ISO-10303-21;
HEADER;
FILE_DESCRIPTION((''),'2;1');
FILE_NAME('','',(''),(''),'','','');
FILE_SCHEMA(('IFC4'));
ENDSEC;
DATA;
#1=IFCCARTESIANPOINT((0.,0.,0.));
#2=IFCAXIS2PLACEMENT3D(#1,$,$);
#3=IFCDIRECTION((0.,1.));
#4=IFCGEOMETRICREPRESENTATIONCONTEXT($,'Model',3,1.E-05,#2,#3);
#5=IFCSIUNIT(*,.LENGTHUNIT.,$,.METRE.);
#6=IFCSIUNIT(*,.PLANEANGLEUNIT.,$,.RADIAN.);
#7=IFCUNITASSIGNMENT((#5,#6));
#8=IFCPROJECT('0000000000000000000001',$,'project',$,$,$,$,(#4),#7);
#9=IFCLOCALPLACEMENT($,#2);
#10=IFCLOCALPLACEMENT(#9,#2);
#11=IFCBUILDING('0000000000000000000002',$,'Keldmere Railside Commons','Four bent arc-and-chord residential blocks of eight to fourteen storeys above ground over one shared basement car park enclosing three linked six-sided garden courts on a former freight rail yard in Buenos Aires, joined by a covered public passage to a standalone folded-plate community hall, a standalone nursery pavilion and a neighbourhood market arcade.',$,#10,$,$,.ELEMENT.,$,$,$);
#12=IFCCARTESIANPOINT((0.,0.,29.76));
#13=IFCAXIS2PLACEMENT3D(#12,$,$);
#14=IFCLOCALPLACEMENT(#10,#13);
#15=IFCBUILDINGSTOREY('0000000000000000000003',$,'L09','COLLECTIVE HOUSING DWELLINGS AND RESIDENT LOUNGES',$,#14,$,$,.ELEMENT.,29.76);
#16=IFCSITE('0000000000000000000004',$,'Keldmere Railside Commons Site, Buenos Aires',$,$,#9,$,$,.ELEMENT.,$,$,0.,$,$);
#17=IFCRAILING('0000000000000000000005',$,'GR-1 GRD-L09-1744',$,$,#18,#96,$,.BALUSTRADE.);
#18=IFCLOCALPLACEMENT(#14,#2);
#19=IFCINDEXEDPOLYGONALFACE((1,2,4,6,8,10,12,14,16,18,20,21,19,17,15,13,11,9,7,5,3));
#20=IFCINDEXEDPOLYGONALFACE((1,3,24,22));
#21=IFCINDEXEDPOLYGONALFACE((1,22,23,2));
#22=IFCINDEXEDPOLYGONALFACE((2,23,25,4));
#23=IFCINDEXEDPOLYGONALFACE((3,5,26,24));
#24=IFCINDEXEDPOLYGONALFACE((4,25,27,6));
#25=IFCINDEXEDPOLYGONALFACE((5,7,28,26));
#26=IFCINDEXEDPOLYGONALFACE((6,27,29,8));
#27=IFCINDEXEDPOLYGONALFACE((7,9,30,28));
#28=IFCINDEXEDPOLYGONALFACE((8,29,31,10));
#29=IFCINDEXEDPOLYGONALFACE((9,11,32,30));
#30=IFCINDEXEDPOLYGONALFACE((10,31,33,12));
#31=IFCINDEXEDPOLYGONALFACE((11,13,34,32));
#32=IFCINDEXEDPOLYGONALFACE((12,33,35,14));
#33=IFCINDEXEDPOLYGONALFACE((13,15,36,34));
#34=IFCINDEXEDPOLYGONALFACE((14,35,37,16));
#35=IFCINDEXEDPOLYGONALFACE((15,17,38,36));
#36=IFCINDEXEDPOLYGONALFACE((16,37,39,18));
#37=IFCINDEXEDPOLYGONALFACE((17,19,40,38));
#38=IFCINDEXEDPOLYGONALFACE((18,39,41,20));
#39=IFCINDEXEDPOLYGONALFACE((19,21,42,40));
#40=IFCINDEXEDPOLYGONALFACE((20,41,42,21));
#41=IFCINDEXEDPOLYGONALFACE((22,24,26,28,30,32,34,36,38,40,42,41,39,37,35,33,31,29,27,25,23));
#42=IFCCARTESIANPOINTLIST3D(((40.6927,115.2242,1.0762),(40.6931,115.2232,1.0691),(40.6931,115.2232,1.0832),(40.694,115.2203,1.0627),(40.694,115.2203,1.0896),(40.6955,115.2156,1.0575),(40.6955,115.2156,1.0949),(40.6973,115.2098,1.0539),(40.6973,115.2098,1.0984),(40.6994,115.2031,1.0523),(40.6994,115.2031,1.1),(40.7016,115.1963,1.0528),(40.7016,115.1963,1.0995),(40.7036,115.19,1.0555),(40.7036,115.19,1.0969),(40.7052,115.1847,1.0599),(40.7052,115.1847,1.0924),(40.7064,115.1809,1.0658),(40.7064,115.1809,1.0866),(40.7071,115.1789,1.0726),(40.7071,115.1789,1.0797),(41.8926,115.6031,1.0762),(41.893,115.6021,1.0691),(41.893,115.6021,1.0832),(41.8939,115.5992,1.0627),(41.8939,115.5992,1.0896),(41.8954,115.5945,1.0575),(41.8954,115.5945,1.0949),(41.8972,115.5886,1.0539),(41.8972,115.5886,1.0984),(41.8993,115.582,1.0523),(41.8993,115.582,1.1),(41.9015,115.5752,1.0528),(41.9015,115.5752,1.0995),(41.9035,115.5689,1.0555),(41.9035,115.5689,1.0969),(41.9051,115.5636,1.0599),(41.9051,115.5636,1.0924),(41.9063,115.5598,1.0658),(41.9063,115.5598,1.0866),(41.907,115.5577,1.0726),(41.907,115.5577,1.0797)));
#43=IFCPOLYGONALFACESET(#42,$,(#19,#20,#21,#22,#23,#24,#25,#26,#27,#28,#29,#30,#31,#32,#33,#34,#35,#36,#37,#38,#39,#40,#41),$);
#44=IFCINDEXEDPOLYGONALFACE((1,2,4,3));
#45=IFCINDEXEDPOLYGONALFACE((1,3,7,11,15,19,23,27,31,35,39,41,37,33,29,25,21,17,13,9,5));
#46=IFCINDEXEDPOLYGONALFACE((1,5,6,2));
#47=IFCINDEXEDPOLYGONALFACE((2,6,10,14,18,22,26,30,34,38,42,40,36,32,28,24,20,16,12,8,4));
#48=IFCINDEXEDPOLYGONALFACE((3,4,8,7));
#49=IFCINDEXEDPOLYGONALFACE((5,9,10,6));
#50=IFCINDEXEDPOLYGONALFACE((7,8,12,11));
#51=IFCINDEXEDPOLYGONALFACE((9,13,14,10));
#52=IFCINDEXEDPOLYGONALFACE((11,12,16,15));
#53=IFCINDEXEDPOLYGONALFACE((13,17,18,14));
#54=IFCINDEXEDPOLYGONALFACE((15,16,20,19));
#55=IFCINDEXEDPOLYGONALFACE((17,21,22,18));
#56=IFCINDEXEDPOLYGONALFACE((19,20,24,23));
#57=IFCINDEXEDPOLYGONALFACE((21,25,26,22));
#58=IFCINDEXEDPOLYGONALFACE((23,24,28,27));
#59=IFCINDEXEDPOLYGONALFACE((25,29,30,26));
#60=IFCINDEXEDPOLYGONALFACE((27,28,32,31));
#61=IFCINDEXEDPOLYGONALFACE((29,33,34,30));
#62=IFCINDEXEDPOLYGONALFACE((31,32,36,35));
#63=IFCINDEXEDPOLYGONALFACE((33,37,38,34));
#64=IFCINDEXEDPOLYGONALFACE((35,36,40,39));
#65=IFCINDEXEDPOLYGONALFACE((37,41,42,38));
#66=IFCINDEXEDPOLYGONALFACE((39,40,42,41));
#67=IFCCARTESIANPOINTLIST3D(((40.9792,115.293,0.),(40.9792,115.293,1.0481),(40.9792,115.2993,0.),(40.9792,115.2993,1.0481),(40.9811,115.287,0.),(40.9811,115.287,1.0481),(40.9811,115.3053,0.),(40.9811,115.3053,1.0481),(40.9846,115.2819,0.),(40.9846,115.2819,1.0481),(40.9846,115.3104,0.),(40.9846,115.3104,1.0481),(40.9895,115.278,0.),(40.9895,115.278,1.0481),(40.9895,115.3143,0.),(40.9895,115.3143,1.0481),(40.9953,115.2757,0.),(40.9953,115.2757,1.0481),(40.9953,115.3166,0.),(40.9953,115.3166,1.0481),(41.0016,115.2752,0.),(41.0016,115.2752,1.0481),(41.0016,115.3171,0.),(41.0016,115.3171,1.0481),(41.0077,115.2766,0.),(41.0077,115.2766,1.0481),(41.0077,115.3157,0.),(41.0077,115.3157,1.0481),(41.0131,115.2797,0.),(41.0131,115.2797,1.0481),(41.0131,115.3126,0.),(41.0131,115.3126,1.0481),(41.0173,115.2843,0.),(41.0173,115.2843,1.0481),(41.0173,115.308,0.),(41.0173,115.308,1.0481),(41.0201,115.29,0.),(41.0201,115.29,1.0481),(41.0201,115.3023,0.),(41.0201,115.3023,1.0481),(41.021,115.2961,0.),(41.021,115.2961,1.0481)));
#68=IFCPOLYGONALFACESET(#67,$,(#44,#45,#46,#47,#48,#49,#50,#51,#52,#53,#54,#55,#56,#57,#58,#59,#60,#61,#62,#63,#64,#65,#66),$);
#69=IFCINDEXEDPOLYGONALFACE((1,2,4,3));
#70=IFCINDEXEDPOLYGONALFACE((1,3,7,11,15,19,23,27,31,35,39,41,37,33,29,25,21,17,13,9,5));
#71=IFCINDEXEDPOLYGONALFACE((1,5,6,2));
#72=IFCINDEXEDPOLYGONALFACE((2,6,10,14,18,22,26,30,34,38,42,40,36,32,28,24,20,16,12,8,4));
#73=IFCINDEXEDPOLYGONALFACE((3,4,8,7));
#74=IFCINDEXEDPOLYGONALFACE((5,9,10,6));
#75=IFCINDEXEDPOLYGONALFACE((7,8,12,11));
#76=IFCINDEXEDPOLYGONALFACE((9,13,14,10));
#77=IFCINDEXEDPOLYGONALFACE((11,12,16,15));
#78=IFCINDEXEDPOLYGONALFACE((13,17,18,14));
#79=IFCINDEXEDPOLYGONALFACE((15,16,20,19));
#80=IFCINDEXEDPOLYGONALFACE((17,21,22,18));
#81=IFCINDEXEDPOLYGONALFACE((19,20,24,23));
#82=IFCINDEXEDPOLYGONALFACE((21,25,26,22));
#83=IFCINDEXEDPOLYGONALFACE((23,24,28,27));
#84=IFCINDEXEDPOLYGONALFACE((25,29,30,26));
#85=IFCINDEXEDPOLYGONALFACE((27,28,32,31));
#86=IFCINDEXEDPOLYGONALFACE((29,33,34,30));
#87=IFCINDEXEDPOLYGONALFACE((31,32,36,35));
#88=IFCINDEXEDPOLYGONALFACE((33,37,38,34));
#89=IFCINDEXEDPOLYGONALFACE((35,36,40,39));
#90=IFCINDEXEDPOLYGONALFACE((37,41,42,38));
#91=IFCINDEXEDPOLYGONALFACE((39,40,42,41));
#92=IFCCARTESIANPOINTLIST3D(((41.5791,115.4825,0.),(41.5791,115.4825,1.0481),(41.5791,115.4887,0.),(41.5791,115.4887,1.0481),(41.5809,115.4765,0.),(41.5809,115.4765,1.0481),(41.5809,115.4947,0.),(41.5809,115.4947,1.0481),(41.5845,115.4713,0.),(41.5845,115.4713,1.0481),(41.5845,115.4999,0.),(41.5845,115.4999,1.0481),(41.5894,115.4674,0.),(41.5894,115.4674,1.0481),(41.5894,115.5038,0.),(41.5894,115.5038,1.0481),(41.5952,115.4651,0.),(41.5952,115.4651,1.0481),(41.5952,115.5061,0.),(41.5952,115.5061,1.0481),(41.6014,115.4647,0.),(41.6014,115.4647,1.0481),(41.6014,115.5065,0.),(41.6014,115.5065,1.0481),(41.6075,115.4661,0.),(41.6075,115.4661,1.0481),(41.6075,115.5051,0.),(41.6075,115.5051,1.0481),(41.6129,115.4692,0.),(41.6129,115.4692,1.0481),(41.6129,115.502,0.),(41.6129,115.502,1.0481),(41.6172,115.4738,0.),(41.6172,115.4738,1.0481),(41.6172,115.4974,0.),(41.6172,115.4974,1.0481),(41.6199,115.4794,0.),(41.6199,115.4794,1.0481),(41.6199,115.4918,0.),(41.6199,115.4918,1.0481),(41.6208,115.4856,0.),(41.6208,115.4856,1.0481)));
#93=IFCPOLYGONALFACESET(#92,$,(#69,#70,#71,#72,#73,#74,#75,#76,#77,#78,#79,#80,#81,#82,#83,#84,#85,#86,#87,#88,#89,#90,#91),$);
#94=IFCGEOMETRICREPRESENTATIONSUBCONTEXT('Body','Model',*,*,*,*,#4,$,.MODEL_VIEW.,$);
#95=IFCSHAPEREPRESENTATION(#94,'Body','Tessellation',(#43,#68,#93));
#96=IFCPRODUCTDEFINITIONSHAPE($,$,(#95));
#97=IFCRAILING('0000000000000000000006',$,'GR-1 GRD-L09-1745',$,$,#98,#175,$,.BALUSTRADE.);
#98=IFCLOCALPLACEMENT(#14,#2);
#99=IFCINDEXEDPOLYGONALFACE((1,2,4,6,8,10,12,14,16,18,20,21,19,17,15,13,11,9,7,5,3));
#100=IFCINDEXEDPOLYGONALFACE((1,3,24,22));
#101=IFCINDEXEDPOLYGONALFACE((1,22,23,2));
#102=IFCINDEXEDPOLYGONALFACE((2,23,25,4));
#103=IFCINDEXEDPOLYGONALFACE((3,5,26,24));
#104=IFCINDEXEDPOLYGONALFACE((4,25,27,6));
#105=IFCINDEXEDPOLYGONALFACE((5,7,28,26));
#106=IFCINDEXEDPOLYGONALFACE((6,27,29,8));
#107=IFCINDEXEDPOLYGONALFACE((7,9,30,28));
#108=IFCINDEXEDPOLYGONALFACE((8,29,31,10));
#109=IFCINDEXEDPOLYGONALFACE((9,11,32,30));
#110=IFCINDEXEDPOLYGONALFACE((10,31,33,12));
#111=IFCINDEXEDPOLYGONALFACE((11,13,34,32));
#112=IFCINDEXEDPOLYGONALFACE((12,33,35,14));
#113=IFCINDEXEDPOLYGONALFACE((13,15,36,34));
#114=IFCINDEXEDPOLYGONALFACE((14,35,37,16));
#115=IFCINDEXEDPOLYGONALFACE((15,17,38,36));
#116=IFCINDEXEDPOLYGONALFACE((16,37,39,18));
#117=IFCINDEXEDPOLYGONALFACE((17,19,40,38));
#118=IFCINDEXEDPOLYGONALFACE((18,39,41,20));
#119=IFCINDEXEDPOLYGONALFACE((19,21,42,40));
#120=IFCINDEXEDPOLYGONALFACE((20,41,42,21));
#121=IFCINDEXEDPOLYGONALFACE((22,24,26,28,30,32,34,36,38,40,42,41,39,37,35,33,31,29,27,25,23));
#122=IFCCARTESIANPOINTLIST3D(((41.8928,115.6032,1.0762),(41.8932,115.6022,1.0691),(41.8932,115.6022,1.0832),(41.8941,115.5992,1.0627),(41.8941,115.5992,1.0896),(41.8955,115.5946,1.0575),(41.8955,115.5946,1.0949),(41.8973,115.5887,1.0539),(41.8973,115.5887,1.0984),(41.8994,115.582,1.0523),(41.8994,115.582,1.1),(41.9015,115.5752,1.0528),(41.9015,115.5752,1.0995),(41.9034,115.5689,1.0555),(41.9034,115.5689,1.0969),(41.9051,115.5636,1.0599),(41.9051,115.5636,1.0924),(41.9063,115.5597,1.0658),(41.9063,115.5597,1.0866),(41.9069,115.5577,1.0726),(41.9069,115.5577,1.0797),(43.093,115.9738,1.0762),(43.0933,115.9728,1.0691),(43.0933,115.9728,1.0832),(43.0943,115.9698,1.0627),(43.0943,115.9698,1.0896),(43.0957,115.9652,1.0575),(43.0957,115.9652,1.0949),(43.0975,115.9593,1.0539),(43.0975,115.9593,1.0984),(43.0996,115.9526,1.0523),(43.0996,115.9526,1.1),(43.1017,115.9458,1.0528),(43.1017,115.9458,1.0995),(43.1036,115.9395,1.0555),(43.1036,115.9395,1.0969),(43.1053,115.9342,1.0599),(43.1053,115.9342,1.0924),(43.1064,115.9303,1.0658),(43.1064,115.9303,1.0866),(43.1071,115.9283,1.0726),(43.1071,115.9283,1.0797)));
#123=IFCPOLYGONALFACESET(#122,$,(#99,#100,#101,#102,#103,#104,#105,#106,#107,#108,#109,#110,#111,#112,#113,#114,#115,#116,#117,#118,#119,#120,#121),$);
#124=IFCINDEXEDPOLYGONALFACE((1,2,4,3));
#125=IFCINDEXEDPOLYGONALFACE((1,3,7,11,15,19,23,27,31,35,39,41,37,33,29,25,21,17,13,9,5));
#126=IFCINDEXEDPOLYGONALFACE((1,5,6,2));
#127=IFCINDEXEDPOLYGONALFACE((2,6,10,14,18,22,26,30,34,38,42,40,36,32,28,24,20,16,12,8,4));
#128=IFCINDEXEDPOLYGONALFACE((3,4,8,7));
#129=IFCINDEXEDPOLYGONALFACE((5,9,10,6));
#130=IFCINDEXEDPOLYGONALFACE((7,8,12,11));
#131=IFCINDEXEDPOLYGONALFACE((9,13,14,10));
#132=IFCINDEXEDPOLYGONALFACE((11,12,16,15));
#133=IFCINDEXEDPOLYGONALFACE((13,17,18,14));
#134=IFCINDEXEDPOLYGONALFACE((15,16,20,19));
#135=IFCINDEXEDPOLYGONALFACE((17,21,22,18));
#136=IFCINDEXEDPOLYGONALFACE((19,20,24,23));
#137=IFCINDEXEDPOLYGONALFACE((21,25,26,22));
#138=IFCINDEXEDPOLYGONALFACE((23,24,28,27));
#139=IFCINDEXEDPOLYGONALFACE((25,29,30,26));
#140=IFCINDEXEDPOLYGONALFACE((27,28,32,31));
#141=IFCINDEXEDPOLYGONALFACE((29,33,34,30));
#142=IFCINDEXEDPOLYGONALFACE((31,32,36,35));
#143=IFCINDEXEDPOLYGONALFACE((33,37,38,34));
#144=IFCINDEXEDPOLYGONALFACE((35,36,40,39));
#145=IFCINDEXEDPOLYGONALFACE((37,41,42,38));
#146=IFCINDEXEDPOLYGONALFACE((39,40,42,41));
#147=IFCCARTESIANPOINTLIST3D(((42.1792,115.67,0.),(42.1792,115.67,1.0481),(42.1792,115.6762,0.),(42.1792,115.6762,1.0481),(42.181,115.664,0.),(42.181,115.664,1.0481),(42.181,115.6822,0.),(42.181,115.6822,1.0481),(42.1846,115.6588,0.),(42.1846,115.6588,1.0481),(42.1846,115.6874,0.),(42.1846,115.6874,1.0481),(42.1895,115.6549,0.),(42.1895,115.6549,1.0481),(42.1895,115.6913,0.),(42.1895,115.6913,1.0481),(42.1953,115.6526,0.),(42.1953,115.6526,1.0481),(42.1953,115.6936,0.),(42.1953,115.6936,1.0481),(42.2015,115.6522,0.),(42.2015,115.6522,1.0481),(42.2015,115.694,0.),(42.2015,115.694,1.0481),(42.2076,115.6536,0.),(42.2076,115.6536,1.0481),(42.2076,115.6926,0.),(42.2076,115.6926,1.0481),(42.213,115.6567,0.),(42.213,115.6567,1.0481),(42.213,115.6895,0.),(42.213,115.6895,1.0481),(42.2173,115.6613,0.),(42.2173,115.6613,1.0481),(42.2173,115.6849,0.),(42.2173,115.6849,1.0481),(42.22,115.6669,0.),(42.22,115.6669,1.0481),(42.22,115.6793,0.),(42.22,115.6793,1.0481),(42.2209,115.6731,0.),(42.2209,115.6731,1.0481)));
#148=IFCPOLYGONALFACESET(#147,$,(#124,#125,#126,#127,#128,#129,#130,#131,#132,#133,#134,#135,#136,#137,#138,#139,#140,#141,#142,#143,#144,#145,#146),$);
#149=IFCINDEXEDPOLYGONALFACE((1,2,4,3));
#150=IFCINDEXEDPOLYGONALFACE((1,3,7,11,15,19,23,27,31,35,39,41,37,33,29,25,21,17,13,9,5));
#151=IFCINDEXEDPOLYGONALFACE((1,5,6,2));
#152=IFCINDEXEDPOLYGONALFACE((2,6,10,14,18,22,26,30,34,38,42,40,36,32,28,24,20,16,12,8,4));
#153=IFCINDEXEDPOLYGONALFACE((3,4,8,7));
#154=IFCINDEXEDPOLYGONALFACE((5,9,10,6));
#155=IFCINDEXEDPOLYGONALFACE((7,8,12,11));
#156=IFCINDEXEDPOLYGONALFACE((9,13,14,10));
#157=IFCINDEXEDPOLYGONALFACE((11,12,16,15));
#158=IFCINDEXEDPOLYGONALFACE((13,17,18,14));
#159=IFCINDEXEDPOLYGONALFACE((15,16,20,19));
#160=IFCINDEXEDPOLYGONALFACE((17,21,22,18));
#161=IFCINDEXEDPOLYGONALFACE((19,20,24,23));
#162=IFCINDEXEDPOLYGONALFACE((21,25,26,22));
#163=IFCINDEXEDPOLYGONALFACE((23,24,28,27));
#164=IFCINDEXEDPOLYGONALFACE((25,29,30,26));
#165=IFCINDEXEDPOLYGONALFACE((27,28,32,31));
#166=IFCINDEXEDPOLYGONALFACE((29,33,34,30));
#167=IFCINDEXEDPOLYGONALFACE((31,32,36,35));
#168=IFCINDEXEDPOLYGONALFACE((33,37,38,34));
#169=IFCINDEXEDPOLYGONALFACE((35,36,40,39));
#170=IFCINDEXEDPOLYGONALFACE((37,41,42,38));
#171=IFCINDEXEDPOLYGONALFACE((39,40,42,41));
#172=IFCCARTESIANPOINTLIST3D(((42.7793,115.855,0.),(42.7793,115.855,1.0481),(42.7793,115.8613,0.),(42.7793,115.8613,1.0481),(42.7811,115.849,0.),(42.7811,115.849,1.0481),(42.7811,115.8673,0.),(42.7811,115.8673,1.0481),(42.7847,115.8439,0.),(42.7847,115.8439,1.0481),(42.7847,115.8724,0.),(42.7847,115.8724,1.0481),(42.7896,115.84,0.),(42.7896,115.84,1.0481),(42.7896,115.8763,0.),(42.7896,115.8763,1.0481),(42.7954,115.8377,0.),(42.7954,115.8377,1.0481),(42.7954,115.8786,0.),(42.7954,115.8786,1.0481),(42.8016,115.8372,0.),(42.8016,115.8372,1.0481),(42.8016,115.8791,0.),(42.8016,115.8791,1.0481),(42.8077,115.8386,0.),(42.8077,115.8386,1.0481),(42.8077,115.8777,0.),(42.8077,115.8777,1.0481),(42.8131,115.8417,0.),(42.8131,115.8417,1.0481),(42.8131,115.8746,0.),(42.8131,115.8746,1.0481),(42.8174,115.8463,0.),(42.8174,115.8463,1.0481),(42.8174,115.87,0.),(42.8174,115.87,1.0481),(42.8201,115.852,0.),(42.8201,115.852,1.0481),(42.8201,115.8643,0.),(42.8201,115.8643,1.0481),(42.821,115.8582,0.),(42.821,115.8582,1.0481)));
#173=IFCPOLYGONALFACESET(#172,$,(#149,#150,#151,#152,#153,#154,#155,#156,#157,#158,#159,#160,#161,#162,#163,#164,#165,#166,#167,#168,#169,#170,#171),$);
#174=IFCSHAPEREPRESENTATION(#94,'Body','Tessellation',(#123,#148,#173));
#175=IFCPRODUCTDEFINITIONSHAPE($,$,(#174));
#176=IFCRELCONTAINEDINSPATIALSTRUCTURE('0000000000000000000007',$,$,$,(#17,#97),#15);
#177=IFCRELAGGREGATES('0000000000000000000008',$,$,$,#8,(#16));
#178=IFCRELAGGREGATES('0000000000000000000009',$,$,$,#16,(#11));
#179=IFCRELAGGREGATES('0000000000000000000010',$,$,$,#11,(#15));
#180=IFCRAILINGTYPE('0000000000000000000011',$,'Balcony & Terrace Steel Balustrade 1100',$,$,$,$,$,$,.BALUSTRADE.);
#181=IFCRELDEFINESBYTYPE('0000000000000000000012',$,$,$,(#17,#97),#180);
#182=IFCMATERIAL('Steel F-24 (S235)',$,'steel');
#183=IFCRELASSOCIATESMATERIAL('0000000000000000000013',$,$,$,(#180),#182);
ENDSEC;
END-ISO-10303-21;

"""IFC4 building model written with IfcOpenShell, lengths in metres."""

from ifc_helpers import new_model, si_unit, direction, frame, origin, origin_2d, place, context, subcontext, project, spatial, circle, extrude, material, type_object, element, save


model = new_model("IFC4")

# Units and contexts
model_context = context("Model", 3, precision=1e-05, world=origin(), true_north=direction((0.0, 1.0)))
body_context = subcontext(model_context, "Body", "Model", "MODEL_VIEW")
ifc_project = project(units=[si_unit("LENGTHUNIT", "METRE"), si_unit("PLANEANGLEUNIT", "RADIAN")], contexts=[model_context])

# Site, building, storey
site_placement = place(None, origin())
site = spatial("IfcSite", under=ifc_project, at=site_placement, Name="Keldmere Railside Commons Site, Buenos Aires", CompositionType="ELEMENT", RefElevation=0.0)
building_placement = place(site_placement, origin())
building = spatial("IfcBuilding", under=site, at=building_placement, Name="Keldmere Railside Commons", Description="Four bent arc-and-chord residential blocks of eight to fourteen storeys above ground over one shared basement car park enclosing three linked six-sided garden courts on a former freight rail yard in Buenos Aires, joined by a covered public passage to a standalone folded-plate community hall, a standalone nursery pavilion and a neighbourhood market arcade.", CompositionType="ELEMENT")
storey_placement = place(building_placement, frame((0.0, 0.0, 29.76)))
storey = spatial("IfcBuildingStorey", under=building, at=storey_placement, Name="L09", Description="COLLECTIVE HOUSING DWELLINGS AND RESIDENT LOUNGES", CompositionType="ELEMENT", Elevation=29.76)

# Railings
ifc_material_1 = material(Name="Steel F-24 (S235)", Category="steel")
railing_type = type_object("IfcRailingType", Name="Balcony & Terrace Steel Balustrade 1100", PredefinedType="BALUSTRADE", material=ifc_material_1)
railing_1_placement = place(storey_placement, frame((40.7, 115.2014, 0.0)))
element("IfcRailing", 1, at=railing_1_placement, inside=storey, type_object=railing_type, Name="GR-1 GRD-L09-1744", PredefinedType="BALUSTRADE", context=body_context, shape_type="SweptSolid", body=[
    extrude(circle(Radius=0.0239, at=origin_2d()), frame((0.0, 0.0, 1.0762), z_axis=(0.953589, 0.301113, 0.0), x_axis=(-0.301113, 0.953589, 0.0)), (0.0, 0.0, 1.0), 1.2583),
    extrude(circle(Radius=0.021, at=origin_2d()), frame((0.3, 0.0947, 0.0)), (0.0, 0.0, 1.0), 1.0481),
    extrude(circle(Radius=0.021, at=origin_2d()), frame((0.8999, 0.2842, 0.0)), (0.0, 0.0, 1.0), 1.0481),
])
railing_2_placement = place(storey_placement, frame((41.8999, 115.5803, 0.0)))
element("IfcRailing", 2, at=railing_2_placement, inside=storey, type_object=railing_type, Name="GR-1 GRD-L09-1745", PredefinedType="BALUSTRADE", context=body_context, shape_type="SweptSolid", body=[
    extrude(circle(Radius=0.0239, at=origin_2d()), frame((0.0, 0.0, 1.0762), z_axis=(0.955484, 0.295042, 0.0), x_axis=(-0.295042, 0.955484, 0.0)), (0.0, 0.0, 1.0), 1.2561),
    extrude(circle(Radius=0.021, at=origin_2d()), frame((0.3, 0.0928, 0.0)), (0.0, 0.0, 1.0), 1.0481),
    extrude(circle(Radius=0.021, at=origin_2d()), frame((0.9001, 0.2778, 0.0)), (0.0, 0.0, 1.0), 1.0481),
])

save(model, "model.ifc")
